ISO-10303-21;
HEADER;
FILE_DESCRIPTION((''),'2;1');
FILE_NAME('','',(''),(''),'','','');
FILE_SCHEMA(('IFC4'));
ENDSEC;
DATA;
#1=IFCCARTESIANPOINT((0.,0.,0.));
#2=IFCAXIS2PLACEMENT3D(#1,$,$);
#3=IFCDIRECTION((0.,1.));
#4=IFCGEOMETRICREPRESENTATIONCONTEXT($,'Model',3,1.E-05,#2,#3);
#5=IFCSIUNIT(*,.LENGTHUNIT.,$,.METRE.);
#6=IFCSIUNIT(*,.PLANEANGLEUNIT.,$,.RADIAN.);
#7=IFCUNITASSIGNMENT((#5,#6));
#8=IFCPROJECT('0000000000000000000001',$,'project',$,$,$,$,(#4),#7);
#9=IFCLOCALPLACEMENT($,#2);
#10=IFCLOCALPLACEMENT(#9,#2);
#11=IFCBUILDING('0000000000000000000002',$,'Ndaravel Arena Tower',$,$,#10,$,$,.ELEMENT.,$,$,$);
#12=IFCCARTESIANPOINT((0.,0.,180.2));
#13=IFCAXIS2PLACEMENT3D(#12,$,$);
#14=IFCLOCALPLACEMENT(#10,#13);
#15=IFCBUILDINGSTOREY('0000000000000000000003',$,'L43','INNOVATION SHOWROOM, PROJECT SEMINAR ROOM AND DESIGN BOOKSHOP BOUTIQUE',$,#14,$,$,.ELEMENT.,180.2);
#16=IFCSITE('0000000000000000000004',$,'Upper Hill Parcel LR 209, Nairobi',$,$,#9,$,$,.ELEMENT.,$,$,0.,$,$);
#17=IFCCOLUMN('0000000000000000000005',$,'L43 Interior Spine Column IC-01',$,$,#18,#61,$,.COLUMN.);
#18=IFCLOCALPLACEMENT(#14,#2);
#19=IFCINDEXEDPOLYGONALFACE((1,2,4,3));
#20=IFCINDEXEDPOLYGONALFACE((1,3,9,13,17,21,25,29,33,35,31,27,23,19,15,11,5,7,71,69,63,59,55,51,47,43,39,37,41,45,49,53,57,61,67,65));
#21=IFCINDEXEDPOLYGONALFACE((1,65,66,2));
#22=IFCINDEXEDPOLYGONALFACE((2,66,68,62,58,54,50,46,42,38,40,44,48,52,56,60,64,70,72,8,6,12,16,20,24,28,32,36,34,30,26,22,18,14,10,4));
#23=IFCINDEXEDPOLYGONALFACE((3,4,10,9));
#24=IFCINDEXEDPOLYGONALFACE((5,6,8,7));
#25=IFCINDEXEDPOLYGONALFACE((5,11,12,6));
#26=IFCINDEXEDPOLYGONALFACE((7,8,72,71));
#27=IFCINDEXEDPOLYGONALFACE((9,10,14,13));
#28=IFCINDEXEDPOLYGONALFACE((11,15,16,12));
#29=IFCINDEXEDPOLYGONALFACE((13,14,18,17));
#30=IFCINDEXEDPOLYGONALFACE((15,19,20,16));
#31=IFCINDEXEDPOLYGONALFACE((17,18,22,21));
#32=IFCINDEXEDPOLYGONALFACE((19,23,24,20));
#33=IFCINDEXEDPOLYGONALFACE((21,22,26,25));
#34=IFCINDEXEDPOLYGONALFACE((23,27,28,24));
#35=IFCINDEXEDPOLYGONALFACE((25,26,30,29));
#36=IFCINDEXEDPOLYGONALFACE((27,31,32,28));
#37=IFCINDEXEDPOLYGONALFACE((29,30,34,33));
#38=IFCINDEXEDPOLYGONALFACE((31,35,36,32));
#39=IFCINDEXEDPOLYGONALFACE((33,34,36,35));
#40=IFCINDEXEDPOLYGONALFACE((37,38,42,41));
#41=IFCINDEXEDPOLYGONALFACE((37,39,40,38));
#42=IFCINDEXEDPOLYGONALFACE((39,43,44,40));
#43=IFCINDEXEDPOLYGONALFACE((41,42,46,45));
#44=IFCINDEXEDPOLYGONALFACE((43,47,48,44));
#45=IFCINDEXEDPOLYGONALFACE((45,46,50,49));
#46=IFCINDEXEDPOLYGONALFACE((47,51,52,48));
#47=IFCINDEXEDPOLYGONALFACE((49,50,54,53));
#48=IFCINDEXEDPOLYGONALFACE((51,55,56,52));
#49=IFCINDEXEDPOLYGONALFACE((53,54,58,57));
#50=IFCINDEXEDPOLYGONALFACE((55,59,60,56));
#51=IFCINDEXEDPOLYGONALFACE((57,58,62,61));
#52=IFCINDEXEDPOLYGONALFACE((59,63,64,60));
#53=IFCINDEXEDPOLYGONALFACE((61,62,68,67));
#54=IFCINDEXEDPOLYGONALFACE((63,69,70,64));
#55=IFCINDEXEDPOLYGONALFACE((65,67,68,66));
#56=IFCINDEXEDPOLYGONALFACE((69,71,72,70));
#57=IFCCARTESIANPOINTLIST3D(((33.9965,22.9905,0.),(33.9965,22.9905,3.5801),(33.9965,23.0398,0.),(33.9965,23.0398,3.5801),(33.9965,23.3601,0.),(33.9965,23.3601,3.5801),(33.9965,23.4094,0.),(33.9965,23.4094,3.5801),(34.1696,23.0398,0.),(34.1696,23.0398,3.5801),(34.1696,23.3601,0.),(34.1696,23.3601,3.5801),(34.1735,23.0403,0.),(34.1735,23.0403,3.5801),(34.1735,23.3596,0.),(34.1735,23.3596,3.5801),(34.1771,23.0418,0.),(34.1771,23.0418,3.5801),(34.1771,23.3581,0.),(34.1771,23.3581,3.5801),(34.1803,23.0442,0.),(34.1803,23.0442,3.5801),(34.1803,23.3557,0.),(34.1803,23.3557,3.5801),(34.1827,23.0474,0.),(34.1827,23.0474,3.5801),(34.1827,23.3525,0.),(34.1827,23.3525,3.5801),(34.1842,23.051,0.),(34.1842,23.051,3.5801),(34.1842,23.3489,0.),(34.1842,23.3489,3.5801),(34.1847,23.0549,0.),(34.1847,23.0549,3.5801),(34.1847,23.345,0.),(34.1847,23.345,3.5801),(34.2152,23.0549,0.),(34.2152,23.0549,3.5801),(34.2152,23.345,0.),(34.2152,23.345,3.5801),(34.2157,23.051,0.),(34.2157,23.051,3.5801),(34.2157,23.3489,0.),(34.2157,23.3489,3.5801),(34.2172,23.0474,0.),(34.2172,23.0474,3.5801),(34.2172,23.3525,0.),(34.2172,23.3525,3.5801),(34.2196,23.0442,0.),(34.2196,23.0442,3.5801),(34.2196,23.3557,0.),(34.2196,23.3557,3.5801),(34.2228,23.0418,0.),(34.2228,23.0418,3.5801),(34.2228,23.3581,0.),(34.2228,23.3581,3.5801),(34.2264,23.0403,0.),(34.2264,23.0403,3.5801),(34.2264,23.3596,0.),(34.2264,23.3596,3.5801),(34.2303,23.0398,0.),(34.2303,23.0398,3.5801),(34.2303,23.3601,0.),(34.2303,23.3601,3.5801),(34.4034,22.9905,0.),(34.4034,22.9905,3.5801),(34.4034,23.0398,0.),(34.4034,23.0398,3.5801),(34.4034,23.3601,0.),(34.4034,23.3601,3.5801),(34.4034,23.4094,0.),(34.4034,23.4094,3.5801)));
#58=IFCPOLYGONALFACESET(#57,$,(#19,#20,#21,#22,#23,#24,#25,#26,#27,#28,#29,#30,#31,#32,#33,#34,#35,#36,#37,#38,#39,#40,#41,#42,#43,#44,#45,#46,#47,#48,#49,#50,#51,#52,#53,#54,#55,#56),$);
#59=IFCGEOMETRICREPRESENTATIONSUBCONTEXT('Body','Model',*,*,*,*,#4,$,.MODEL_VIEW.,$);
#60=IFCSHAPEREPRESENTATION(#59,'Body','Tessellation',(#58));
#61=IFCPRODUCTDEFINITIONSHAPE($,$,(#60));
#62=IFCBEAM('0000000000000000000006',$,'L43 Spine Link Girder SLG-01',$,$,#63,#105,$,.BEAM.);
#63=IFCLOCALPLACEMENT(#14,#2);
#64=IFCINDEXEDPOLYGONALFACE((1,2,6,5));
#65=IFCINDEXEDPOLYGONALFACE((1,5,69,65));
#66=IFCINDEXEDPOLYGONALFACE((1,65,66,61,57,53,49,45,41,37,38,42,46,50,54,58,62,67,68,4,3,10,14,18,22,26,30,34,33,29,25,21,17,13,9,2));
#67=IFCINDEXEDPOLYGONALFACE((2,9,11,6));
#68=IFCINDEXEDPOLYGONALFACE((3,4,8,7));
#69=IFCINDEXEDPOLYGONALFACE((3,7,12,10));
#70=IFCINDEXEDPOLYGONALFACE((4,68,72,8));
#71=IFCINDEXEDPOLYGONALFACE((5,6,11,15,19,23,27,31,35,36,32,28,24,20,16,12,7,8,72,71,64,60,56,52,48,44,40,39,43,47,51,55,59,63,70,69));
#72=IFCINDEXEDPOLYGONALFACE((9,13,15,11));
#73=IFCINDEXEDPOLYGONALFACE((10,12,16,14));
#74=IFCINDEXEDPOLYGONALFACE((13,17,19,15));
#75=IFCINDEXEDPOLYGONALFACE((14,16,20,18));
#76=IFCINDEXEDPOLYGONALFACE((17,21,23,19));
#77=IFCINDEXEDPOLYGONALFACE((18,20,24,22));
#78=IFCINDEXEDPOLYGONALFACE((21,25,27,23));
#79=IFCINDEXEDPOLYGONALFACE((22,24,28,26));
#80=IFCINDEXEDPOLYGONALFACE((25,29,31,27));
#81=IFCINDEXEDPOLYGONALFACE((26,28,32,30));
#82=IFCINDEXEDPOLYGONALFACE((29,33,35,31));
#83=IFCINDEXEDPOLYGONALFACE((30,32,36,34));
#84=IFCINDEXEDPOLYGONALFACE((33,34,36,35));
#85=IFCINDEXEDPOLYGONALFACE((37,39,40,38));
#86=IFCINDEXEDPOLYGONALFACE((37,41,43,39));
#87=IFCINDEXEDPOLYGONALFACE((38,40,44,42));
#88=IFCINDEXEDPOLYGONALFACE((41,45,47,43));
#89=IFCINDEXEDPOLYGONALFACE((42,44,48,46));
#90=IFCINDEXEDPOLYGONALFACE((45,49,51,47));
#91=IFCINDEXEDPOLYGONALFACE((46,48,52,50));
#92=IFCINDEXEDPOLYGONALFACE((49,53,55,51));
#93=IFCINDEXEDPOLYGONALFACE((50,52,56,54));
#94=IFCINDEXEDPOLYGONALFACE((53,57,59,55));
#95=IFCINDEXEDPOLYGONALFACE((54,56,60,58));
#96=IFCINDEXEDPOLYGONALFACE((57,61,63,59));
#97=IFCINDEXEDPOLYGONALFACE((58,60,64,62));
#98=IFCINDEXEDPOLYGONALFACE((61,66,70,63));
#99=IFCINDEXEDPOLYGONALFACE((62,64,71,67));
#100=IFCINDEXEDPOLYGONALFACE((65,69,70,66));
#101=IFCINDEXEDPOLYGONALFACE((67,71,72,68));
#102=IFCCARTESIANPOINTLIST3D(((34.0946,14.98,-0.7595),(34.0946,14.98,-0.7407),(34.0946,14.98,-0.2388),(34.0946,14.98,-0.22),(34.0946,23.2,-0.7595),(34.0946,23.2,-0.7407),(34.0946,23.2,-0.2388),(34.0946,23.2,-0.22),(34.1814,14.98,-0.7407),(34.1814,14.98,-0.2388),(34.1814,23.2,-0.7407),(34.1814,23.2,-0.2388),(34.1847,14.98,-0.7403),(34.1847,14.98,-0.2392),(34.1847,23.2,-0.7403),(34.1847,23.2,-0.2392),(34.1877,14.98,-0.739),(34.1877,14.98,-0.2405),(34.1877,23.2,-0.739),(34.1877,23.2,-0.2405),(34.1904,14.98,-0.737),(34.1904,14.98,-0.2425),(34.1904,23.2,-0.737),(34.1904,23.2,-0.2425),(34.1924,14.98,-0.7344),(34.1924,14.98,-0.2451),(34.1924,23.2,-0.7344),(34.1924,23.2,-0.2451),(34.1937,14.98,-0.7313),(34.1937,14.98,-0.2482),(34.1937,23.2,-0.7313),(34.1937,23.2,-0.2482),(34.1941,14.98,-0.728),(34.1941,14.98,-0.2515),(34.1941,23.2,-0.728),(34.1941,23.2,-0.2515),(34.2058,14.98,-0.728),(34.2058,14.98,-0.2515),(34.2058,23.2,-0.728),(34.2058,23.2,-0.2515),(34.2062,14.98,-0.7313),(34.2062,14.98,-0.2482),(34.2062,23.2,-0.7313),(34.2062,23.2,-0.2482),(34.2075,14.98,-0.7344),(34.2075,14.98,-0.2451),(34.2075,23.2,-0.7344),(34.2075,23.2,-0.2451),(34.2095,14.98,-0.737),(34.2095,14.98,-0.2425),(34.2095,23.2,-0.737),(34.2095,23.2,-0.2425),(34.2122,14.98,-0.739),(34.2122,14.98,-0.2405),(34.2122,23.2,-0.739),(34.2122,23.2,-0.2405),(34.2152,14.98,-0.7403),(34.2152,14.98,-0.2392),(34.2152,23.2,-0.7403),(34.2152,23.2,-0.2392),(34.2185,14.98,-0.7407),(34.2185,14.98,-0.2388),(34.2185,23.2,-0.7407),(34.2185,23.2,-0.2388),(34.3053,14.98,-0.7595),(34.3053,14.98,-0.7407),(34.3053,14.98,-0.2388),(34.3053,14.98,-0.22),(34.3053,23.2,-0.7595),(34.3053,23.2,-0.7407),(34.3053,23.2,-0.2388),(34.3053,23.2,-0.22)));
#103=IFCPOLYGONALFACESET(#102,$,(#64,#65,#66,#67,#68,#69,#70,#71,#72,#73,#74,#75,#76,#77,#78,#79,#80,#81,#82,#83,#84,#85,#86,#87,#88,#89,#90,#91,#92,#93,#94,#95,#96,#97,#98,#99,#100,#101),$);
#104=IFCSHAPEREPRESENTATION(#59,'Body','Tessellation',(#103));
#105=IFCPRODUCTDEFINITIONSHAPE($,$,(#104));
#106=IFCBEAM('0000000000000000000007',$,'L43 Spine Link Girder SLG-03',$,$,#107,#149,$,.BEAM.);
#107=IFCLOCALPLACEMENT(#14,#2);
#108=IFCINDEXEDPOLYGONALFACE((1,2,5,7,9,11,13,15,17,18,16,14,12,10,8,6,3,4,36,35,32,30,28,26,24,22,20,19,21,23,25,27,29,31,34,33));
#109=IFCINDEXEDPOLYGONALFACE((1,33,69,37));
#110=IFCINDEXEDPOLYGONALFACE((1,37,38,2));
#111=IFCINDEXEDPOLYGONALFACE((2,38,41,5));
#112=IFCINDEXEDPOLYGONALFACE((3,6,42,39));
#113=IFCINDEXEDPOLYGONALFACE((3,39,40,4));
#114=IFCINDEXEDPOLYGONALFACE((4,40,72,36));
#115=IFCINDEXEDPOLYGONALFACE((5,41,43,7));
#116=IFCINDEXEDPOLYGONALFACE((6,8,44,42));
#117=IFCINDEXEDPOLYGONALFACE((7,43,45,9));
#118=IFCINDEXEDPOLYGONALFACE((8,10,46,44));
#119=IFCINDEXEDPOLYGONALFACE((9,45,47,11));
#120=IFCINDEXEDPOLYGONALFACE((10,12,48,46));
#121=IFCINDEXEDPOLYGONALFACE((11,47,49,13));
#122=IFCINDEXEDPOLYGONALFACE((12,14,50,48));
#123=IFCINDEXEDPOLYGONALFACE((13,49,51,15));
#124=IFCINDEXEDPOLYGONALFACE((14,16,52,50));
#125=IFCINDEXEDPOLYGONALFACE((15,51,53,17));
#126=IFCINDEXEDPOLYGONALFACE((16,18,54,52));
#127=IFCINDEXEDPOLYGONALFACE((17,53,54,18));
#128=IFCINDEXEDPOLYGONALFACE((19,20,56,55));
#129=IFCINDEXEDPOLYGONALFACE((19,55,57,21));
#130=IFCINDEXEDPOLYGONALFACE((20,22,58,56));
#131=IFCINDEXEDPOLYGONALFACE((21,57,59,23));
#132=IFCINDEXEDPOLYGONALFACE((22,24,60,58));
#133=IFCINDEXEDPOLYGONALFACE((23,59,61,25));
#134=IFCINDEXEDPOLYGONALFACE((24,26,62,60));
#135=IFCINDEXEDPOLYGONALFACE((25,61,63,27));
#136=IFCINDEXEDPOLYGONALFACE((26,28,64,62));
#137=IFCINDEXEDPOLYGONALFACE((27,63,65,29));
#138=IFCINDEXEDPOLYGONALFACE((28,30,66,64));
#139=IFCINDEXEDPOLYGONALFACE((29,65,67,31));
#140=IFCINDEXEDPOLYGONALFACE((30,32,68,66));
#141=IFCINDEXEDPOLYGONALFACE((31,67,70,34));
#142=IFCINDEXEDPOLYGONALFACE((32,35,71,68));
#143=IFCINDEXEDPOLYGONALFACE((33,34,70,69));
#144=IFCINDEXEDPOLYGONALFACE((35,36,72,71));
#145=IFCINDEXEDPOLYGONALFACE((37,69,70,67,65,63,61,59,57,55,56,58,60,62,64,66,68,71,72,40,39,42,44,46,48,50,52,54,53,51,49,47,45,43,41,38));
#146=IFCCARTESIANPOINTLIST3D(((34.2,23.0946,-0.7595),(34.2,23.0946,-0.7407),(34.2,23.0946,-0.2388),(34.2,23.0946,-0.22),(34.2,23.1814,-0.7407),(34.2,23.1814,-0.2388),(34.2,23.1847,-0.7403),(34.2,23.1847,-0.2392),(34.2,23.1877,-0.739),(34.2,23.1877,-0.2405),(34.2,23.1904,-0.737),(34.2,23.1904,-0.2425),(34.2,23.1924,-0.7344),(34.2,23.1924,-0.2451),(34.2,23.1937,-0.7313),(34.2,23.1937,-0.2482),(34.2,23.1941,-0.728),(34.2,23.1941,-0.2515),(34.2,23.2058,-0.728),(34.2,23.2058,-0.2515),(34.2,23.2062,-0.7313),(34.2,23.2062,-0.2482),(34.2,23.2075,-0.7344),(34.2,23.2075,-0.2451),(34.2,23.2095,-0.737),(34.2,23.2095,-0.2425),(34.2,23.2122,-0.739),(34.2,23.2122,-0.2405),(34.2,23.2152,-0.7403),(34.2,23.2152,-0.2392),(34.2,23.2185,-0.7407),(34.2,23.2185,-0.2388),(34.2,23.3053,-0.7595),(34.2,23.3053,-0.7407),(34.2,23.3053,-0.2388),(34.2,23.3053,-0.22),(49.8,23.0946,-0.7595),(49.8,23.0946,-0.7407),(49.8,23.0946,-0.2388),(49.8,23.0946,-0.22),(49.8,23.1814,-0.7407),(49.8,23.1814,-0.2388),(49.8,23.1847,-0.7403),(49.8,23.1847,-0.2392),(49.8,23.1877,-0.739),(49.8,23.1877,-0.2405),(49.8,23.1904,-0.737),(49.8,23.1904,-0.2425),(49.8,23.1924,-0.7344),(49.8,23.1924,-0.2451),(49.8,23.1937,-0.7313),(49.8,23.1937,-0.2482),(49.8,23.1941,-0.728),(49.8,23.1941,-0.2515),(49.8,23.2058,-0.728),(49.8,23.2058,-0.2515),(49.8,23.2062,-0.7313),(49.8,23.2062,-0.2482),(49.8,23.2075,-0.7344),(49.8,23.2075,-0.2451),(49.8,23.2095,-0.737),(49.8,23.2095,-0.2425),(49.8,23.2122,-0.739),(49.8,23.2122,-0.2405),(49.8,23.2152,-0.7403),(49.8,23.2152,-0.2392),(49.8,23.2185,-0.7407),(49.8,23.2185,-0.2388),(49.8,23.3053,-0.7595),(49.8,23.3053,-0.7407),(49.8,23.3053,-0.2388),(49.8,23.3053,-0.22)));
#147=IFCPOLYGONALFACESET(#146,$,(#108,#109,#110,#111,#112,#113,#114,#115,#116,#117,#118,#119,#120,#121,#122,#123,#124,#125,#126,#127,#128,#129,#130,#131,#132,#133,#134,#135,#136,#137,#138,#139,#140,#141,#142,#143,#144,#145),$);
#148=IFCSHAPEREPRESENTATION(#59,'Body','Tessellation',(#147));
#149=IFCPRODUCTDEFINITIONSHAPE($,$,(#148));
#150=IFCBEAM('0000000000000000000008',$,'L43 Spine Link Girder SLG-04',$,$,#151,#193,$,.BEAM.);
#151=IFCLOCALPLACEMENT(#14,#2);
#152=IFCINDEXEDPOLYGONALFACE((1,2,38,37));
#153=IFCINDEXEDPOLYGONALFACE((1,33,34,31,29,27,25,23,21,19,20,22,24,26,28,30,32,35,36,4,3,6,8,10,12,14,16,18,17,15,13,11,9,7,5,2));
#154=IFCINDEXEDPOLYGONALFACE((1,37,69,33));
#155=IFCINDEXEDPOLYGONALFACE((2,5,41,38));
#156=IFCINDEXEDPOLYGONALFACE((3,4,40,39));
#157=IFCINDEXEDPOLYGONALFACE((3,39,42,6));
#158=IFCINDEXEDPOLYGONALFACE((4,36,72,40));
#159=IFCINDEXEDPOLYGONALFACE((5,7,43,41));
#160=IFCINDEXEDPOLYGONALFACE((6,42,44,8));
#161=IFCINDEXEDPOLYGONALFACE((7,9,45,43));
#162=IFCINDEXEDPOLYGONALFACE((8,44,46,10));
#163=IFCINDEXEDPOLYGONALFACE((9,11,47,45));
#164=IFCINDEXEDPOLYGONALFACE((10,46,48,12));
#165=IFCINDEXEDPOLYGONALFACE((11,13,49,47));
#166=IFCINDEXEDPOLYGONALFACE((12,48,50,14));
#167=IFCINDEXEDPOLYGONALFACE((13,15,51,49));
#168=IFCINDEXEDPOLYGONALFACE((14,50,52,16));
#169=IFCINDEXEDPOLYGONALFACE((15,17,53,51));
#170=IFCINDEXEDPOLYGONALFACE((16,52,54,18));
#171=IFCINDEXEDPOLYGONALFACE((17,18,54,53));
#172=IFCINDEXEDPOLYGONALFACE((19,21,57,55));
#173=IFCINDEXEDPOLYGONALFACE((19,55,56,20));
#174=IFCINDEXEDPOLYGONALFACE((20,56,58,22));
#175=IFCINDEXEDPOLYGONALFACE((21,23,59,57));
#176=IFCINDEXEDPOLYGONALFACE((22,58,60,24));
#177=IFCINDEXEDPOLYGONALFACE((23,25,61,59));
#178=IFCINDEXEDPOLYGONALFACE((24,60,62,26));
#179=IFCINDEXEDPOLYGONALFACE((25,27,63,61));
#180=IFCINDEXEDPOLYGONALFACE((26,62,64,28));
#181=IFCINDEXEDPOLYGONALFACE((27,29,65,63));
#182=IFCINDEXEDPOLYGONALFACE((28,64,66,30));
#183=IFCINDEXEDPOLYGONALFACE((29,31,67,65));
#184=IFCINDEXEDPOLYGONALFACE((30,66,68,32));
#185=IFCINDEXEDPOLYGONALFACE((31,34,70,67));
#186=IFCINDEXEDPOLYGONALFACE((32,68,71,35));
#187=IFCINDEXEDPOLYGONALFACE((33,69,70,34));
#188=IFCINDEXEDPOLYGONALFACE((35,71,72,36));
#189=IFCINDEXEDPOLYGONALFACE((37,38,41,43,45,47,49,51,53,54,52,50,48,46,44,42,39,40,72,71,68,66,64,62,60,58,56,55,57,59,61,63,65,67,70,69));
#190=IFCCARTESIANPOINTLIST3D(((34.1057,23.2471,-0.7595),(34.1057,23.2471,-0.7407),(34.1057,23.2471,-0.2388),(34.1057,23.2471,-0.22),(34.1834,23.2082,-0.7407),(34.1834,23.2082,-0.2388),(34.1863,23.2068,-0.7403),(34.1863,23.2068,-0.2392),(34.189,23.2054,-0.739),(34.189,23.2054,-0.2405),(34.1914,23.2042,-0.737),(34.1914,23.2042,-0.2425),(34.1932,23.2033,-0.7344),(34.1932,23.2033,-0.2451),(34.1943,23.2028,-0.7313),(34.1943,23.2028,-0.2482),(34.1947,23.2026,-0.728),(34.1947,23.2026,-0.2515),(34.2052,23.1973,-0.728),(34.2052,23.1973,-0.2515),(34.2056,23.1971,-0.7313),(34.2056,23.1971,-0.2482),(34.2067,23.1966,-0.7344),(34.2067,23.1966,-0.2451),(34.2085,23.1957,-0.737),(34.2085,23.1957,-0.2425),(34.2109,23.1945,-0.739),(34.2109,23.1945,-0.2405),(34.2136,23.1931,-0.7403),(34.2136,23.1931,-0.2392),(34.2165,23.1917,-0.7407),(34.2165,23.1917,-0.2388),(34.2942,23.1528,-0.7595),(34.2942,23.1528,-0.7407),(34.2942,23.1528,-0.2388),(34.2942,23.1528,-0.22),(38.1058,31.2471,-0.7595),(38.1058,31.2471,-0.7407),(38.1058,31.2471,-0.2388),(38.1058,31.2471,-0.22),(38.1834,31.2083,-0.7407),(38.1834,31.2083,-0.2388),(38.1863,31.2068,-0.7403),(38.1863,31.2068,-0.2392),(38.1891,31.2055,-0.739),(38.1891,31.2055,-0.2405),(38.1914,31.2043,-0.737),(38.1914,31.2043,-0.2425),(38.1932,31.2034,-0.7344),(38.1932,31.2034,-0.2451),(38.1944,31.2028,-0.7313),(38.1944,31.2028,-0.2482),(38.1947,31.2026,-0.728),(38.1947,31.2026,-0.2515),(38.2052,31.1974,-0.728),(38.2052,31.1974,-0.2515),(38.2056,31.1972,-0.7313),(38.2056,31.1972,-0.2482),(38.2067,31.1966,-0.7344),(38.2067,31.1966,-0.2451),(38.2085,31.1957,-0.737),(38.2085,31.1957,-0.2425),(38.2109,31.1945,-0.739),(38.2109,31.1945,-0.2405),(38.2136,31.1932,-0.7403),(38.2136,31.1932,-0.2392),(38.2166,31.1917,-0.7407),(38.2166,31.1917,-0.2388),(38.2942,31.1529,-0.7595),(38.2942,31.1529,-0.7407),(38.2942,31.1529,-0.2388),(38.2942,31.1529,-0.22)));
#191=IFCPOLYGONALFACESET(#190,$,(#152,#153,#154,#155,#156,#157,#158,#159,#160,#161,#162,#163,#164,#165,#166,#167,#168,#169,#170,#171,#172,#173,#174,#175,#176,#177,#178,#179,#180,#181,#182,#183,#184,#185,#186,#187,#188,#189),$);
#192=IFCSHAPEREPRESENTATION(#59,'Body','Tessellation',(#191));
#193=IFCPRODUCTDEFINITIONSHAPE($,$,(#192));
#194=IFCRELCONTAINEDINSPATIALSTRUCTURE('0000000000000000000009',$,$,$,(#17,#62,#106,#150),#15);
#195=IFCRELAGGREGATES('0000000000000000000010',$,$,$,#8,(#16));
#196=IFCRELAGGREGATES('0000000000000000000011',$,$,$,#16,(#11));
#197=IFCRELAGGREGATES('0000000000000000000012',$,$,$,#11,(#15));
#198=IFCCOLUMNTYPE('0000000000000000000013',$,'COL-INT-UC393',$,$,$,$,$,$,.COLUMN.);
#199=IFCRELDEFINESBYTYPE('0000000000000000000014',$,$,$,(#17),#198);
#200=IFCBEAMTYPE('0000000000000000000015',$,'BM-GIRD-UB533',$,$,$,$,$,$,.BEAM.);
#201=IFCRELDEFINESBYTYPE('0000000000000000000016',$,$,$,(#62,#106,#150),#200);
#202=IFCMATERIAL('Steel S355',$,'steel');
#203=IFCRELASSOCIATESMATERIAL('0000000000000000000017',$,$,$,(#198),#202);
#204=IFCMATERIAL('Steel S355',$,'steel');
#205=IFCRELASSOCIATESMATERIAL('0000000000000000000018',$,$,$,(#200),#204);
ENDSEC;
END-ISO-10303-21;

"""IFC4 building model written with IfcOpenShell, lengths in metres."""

from ifc_helpers import new_model, si_unit, direction, frame, origin, origin_2d, place, context, subcontext, project, spatial, i_section, extrude, material, material_profile, profile_set, type_object, element, save


model = new_model("IFC4")

# Units and contexts
model_context = context("Model", 3, precision=1e-05, world=origin(), true_north=direction((0.0, 1.0)))
body_context = subcontext(model_context, "Body", "Model", "MODEL_VIEW")
ifc_project = project(units=[si_unit("LENGTHUNIT", "METRE"), si_unit("PLANEANGLEUNIT", "RADIAN")], contexts=[model_context])

# Site, building, storey
site_placement = place(None, origin())
site = spatial("IfcSite", under=ifc_project, at=site_placement, Name="Upper Hill Parcel LR 209, Nairobi", CompositionType="ELEMENT", RefElevation=0.0)
building_placement = place(site_placement, origin())
building = spatial("IfcBuilding", under=site, at=building_placement, Name="Ndaravel Arena Tower", CompositionType="ELEMENT")
storey_placement = place(building_placement, frame((0.0, 0.0, 180.2)))
storey = spatial("IfcBuildingStorey", under=building, at=storey_placement, Name="L43", Description="INNOVATION SHOWROOM, PROJECT SEMINAR ROOM AND DESIGN BOOKSHOP BOUTIQUE", CompositionType="ELEMENT", Elevation=180.2)

# Column
ifc_material_1 = material(Name="Steel S355", Category="steel")
ifc_material_profile_1 = material_profile(ifc_material_1, i_section(OverallWidth=0.407, OverallDepth=0.4189, WebThickness=0.0305, FlangeThickness=0.0493, FilletRadius=0.0151, at=origin_2d()), Name="UC 356x406x393")
ifc_profile_set_1 = profile_set([ifc_material_profile_1], Name="Steel S355")
column_type = type_object("IfcColumnType", Name="COL-INT-UC393", PredefinedType="COLUMN", material=ifc_profile_set_1)
column_placement = place(storey_placement, frame((34.2, 23.2, 0.0), z_axis=(0.0, 0.0, 1.0), x_axis=(1.0, 0.0, 0.0)))
element("IfcColumn", 1, at=column_placement, inside=storey, type_object=column_type, Name="L43 Interior Spine Column IC-01", PredefinedType="COLUMN", context=body_context, shape_type="SweptSolid", body=[
    extrude(i_section(OverallWidth=0.407, OverallDepth=0.4189, WebThickness=0.0305, FlangeThickness=0.0493, FilletRadius=0.0151, at=origin_2d()), origin(), (0.0, 0.0, 1.0), 3.5801),
])

# Beams
ifc_material_2 = material(Name="Steel S355", Category="steel")
ifc_material_profile_2 = material_profile(ifc_material_2, i_section(OverallWidth=0.2107, OverallDepth=0.5396, WebThickness=0.0117, FlangeThickness=0.0188, FilletRadius=0.0127, at=origin_2d()), Name="UB 533x210x109")
ifc_profile_set_2 = profile_set([ifc_material_profile_2], Name="Steel S355")
beam_type = type_object("IfcBeamType", Name="BM-GIRD-UB533", PredefinedType="BEAM", material=ifc_profile_set_2)
beam_1_placement = place(storey_placement, frame((34.2, 14.98, -0.4897), z_axis=(0.0, 1.0, 0.0), x_axis=(-1.0, 0.0, 0.0)))
element("IfcBeam", 2, at=beam_1_placement, inside=storey, type_object=beam_type, Name="L43 Spine Link Girder SLG-01", PredefinedType="BEAM", context=body_context, shape_type="SweptSolid", body=[
    extrude(i_section(OverallWidth=0.2107, OverallDepth=0.5396, WebThickness=0.0117, FlangeThickness=0.0188, FilletRadius=0.0127, at=origin_2d()), origin(), (0.0, 0.0, 1.0), 8.22),
])
beam_2_placement = place(storey_placement, frame((34.2, 23.2, -0.4897), z_axis=(1.0, 0.0, 0.0), x_axis=(0.0, 1.0, 0.0)))
element("IfcBeam", 3, at=beam_2_placement, inside=storey, type_object=beam_type, Name="L43 Spine Link Girder SLG-03", PredefinedType="BEAM", context=body_context, shape_type="SweptSolid", body=[
    extrude(i_section(OverallWidth=0.2107, OverallDepth=0.5396, WebThickness=0.0117, FlangeThickness=0.0188, FilletRadius=0.0127, at=origin_2d()), origin(), (0.0, 0.0, 1.0), 15.6001),
])
beam_3_placement = place(storey_placement, frame((34.2, 23.2, -0.4897), z_axis=(0.447214, 0.894427, 0.0), x_axis=(-0.894427, 0.447214, 0.0)))
element("IfcBeam", 4, at=beam_3_placement, inside=storey, type_object=beam_type, Name="L43 Spine Link Girder SLG-04", PredefinedType="BEAM", context=body_context, shape_type="SweptSolid", body=[
    extrude(i_section(OverallWidth=0.2107, OverallDepth=0.5396, WebThickness=0.0117, FlangeThickness=0.0188, FilletRadius=0.0127, at=origin_2d()), origin(), (0.0, 0.0, 1.0), 8.9443),
])

save(model, "model.ifc")
